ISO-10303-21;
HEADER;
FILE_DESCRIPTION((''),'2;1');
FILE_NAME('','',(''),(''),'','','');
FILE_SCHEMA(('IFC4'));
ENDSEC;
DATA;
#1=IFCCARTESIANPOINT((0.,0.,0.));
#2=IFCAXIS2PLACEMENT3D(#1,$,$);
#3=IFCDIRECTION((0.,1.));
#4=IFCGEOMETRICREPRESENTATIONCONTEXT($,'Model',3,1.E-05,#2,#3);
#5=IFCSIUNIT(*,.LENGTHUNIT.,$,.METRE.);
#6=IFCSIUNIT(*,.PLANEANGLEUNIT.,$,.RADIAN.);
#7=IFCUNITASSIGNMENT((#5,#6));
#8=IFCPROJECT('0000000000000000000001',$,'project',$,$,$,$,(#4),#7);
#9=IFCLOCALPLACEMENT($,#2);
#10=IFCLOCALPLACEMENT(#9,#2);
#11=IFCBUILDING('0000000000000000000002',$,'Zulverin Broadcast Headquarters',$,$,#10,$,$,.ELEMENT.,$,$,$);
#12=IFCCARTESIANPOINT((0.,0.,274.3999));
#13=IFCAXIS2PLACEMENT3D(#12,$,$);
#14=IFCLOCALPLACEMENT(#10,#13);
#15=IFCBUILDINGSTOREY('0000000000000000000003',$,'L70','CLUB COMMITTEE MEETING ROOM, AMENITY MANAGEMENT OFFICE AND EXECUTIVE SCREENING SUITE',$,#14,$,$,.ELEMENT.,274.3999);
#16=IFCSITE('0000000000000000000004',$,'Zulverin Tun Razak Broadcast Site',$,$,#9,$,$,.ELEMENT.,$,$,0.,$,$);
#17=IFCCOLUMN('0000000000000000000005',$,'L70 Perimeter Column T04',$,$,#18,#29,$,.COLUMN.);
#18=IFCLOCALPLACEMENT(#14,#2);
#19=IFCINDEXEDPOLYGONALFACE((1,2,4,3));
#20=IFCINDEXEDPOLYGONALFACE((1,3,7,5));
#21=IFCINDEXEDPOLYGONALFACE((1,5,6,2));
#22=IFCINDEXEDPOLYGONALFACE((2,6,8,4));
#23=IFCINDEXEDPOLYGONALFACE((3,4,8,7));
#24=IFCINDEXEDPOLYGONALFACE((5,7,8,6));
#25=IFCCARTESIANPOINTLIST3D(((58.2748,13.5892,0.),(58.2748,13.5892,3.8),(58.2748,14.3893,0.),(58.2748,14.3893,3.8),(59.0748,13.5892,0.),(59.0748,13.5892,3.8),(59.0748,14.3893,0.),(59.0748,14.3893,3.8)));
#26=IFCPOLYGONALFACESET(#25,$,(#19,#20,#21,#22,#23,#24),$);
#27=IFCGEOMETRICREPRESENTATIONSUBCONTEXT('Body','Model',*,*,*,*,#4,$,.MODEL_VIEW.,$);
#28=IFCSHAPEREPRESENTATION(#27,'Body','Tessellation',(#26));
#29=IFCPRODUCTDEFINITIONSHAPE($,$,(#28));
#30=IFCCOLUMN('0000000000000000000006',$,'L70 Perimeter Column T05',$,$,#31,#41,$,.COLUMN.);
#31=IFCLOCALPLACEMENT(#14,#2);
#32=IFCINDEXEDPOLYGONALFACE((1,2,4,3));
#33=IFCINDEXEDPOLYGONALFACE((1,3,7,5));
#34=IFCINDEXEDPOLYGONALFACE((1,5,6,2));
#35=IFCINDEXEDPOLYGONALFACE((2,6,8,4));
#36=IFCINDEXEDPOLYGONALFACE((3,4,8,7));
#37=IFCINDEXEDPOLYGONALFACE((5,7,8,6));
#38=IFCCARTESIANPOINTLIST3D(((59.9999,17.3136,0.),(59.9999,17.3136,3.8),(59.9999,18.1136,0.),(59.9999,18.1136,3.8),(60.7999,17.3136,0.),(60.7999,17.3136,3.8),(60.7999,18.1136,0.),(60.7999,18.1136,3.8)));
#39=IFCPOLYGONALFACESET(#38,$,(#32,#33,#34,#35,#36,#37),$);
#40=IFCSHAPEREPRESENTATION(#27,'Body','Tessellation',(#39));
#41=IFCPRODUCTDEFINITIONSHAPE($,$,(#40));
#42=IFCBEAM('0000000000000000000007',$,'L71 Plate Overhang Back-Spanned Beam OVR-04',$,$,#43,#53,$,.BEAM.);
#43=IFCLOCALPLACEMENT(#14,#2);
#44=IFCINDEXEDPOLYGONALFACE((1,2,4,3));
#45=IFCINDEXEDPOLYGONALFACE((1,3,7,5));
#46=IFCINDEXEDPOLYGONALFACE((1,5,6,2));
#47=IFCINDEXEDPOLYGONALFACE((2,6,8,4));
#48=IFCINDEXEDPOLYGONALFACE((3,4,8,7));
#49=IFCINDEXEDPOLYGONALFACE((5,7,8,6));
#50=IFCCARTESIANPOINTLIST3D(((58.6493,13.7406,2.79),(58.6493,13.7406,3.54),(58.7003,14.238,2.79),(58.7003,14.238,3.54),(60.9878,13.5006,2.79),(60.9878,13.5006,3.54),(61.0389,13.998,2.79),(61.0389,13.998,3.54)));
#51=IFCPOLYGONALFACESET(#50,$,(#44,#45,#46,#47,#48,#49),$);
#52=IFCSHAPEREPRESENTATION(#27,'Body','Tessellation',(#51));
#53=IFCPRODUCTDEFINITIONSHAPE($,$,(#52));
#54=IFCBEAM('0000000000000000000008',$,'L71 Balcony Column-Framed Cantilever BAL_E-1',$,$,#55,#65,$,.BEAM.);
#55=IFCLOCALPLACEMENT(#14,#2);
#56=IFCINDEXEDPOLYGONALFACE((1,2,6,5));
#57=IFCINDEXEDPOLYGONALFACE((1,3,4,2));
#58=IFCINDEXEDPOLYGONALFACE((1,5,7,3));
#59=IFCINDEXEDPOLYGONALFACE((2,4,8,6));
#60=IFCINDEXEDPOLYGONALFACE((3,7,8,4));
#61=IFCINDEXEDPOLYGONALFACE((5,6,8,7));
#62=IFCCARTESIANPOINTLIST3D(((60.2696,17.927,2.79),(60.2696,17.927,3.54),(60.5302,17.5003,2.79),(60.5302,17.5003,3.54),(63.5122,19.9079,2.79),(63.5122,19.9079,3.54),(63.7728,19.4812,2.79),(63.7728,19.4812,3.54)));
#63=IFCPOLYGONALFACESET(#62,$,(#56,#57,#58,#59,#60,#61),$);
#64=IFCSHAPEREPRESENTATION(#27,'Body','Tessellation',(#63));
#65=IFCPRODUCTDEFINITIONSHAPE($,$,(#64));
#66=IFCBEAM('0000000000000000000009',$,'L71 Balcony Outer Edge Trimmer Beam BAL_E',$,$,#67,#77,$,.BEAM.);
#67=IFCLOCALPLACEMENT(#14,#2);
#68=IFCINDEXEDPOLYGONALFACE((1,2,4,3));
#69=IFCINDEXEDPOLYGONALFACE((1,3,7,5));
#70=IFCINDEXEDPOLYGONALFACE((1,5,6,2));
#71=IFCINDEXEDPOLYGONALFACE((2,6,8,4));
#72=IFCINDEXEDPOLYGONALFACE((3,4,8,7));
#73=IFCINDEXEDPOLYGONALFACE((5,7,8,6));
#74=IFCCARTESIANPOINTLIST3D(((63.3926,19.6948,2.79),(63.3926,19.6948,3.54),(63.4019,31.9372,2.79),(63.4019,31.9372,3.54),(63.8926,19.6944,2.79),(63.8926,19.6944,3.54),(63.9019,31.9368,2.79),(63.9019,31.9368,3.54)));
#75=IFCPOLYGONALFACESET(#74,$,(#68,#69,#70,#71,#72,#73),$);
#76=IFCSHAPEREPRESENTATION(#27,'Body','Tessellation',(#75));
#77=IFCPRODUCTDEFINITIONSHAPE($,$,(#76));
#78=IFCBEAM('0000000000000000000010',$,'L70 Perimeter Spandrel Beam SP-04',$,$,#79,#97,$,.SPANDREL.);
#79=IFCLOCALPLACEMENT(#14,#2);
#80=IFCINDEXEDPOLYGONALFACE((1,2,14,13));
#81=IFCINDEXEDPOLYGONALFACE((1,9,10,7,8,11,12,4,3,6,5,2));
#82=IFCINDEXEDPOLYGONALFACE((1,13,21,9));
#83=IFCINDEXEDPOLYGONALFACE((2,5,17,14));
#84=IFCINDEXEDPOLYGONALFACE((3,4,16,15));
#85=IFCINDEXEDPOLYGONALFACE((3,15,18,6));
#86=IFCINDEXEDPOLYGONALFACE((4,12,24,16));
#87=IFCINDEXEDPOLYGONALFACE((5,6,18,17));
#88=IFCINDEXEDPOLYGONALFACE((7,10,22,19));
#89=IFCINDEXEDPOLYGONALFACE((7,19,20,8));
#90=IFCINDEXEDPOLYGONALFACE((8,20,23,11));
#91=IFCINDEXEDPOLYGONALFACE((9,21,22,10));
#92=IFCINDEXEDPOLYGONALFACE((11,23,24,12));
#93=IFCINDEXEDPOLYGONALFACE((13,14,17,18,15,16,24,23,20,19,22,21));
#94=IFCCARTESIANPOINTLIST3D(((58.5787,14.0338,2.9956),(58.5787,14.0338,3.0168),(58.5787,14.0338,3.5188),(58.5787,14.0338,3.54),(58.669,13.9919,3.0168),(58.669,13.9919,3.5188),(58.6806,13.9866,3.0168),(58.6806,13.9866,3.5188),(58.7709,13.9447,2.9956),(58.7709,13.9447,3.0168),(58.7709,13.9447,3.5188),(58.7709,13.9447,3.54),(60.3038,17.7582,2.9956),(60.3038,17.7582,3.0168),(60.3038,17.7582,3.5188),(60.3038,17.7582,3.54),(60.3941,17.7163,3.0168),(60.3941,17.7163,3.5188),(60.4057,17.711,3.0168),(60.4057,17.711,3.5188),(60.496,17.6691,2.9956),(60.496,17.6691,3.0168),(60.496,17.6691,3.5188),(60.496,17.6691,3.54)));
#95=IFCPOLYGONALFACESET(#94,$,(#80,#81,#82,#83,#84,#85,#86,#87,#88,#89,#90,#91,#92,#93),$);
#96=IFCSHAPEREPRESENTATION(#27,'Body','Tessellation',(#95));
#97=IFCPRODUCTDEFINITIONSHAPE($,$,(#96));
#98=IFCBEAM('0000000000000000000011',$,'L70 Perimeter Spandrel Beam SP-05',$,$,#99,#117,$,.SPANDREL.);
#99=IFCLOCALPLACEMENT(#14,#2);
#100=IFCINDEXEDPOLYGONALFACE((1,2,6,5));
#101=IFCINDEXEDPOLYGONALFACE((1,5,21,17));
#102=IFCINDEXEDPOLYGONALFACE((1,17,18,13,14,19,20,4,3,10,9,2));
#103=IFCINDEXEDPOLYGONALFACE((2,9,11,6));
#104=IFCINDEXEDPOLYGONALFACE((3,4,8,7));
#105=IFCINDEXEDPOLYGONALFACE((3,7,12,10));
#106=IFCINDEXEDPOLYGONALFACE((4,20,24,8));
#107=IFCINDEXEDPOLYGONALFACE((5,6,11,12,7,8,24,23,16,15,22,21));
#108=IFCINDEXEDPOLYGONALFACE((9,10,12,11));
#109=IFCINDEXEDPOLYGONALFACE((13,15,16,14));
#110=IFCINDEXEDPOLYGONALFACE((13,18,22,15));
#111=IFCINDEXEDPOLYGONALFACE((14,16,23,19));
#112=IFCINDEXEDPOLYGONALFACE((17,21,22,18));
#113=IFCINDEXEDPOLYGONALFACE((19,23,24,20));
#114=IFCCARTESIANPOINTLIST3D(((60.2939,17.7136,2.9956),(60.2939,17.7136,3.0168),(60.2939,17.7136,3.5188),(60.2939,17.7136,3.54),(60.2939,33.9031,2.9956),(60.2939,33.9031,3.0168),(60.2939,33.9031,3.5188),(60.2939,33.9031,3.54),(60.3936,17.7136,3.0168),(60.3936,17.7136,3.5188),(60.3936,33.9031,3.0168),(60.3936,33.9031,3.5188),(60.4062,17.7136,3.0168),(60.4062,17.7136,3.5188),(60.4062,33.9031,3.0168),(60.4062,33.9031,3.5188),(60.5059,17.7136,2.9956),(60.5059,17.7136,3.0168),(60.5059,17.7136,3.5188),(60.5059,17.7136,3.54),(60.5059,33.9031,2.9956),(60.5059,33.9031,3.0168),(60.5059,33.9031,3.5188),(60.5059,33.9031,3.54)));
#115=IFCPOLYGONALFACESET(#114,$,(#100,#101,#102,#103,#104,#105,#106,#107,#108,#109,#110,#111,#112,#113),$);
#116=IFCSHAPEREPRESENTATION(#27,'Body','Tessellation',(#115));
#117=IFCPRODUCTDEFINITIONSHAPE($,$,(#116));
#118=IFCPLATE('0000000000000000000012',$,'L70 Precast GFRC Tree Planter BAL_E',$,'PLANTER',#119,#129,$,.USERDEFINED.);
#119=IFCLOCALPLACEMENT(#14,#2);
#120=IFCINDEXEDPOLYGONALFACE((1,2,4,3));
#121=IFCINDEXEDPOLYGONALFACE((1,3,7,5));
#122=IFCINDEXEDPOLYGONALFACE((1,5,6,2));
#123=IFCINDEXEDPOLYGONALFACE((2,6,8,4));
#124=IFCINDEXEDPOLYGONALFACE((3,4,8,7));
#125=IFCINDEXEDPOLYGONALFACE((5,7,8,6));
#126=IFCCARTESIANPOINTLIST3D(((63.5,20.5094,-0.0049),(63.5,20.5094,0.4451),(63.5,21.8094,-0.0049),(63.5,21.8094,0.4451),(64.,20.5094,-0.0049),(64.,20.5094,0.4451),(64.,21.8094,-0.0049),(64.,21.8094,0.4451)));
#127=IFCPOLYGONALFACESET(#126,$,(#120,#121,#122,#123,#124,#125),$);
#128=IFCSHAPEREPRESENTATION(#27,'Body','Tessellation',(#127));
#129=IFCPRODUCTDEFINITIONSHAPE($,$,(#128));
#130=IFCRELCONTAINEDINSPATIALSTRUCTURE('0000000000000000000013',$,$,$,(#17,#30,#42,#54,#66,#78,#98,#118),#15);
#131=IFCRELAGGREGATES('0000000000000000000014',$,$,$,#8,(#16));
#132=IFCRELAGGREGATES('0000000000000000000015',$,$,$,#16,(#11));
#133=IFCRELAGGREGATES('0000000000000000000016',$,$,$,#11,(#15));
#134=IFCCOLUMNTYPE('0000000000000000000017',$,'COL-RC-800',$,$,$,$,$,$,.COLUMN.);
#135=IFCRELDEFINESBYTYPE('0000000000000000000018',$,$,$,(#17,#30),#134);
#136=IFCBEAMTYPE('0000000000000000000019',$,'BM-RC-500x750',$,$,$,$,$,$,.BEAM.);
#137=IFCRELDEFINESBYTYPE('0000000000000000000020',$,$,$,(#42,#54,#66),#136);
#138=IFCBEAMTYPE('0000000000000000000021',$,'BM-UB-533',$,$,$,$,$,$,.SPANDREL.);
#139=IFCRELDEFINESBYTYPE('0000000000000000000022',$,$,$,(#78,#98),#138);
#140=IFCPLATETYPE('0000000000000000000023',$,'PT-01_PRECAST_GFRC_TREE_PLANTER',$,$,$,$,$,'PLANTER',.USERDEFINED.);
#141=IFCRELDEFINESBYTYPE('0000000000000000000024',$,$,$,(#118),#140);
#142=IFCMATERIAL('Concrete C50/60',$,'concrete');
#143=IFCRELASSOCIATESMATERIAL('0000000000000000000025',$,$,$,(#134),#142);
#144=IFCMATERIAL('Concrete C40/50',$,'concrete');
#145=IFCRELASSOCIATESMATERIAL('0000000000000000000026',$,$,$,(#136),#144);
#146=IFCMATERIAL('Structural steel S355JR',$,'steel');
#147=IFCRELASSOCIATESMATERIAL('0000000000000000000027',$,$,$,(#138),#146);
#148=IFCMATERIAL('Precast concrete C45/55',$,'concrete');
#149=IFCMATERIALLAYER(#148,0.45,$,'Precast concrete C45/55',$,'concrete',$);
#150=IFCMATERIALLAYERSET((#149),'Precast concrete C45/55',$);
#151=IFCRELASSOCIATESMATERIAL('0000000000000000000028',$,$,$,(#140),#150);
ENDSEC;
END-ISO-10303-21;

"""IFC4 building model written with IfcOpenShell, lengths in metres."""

from ifc_helpers import new_model, si_unit, direction, frame, origin, origin_2d, place, context, subcontext, project, spatial, rectangle, i_section, extrude, material, layer, layer_set, material_profile, profile_set, type_object, element, save


model = new_model("IFC4")

# Units and contexts
model_context = context("Model", 3, precision=1e-05, world=origin(), true_north=direction((0.0, 1.0)))
body_context = subcontext(model_context, "Body", "Model", "MODEL_VIEW")
ifc_project = project(units=[si_unit("LENGTHUNIT", "METRE"), si_unit("PLANEANGLEUNIT", "RADIAN")], contexts=[model_context])

# Site, building, storey
site_placement = place(None, origin())
site = spatial("IfcSite", under=ifc_project, at=site_placement, Name="Zulverin Tun Razak Broadcast Site", CompositionType="ELEMENT", RefElevation=0.0)
building_placement = place(site_placement, origin())
building = spatial("IfcBuilding", under=site, at=building_placement, Name="Zulverin Broadcast Headquarters", CompositionType="ELEMENT")
storey_placement = place(building_placement, frame((0.0, 0.0, 274.3999)))
storey = spatial("IfcBuildingStorey", under=building, at=storey_placement, Name="L70", Description="CLUB COMMITTEE MEETING ROOM, AMENITY MANAGEMENT OFFICE AND EXECUTIVE SCREENING SUITE", CompositionType="ELEMENT", Elevation=274.3999)

# Columns
ifc_material_1 = material(Name="Concrete C50/60", Category="concrete")
ifc_material_profile_1 = material_profile(ifc_material_1, rectangle(XDim=0.8, YDim=0.8, at=origin_2d()), Name="Concrete C50/60", Category="concrete")
ifc_profile_set_1 = profile_set([ifc_material_profile_1], Name="Concrete C50/60")
column_type = type_object("IfcColumnType", Name="COL-RC-800", PredefinedType="COLUMN", material=ifc_profile_set_1)
for number, where, z_axis, x_axis, name in (
    (1, (58.6748, 13.9893, 0.0), (0.0, 0.0, 1.0), (1.0, 0.0, 0.0), "L70 Perimeter Column T04"),
    (2, (60.3999, 17.7136, 0.0), (0.0, 0.0, 1.0), (1.0, 0.0, 0.0), "L70 Perimeter Column T05"),
):
    element("IfcColumn", number, at=place(storey_placement, frame(where, z_axis=z_axis, x_axis=x_axis)), inside=storey, type_object=column_type, Name=name, PredefinedType="COLUMN", context=body_context, shape_type="SweptSolid", body=[
        extrude(rectangle(XDim=0.8, YDim=0.8, at=origin_2d()), origin(), (0.0, 0.0, 1.0), 3.8),
    ])

# Beams
ifc_material_2 = material(Name="Concrete C40/50", Category="concrete")
ifc_material_profile_2 = material_profile(ifc_material_2, rectangle(XDim=0.5, YDim=0.75, at=origin_2d()), Name="Concrete C40/50", Category="concrete")
ifc_profile_set_2 = profile_set([ifc_material_profile_2], Name="Concrete C40/50")
beam_type_1 = type_object("IfcBeamType", Name="BM-RC-500x750", PredefinedType="BEAM", material=ifc_profile_set_2)
beam_1_placement = place(storey_placement, frame((58.6748, 13.9893, 3.165), z_axis=(0.994776, -0.102084, 0.0), x_axis=(0.102084, 0.994776, 0.0)))
element("IfcBeam", 3, at=beam_1_placement, inside=storey, type_object=beam_type_1, Name="L71 Plate Overhang Back-Spanned Beam OVR-04", PredefinedType="BEAM", context=body_context, shape_type="SweptSolid", body=[
    extrude(rectangle(XDim=0.5, YDim=0.75, at=origin_2d()), origin(), (0.0, 0.0, 1.0), 2.3508),
])
beam_2_placement = place(storey_placement, frame((60.3999, 17.7136, 3.165), z_axis=(0.853361, 0.52132, 0.0), x_axis=(-0.52132, 0.853361, 0.0)))
element("IfcBeam", 4, at=beam_2_placement, inside=storey, type_object=beam_type_1, Name="L71 Balcony Column-Framed Cantilever BAL_E-1", PredefinedType="BEAM", context=body_context, shape_type="SweptSolid", body=[
    extrude(rectangle(XDim=0.5, YDim=0.75, at=origin_2d()), origin(), (0.0, 0.0, 1.0), 3.7998),
])
beam_3_placement = place(storey_placement, frame((63.6426, 19.6946, 3.165), z_axis=(0.000758, 1.0, 0.0), x_axis=(-1.0, 0.000758, 0.0)))
element("IfcBeam", 5, at=beam_3_placement, inside=storey, type_object=beam_type_1, Name="L71 Balcony Outer Edge Trimmer Beam BAL_E", PredefinedType="BEAM", context=body_context, shape_type="SweptSolid", body=[
    extrude(rectangle(XDim=0.5, YDim=0.75, at=origin_2d()), origin(), (0.0, 0.0, 1.0), 12.2424),
])
ifc_material_3 = material(Name="Structural steel S355JR", Category="steel")
ifc_material_profile_3 = material_profile(ifc_material_3, i_section(OverallWidth=0.2119, OverallDepth=0.5444, WebThickness=0.0127, FlangeThickness=0.0212, at=origin_2d()), Name="Structural steel S355JR", Category="steel")
ifc_profile_set_3 = profile_set([ifc_material_profile_3], Name="Structural steel S355JR")
beam_type_2 = type_object("IfcBeamType", Name="BM-UB-533", PredefinedType="SPANDREL", material=ifc_profile_set_3)
beam_4_placement = place(storey_placement, frame((58.6748, 13.9893, 3.2678), z_axis=(0.420295, 0.907388, 0.0), x_axis=(-0.907388, 0.420295, 0.0)))
element("IfcBeam", 6, at=beam_4_placement, inside=storey, type_object=beam_type_2, Name="L70 Perimeter Spandrel Beam SP-04", PredefinedType="SPANDREL", context=body_context, shape_type="SweptSolid", body=[
    extrude(i_section(OverallWidth=0.2119, OverallDepth=0.5444, WebThickness=0.0127, FlangeThickness=0.0212, at=origin_2d()), origin(), (0.0, 0.0, 1.0), 4.1045),
])
beam_5_placement = place(storey_placement, frame((60.3999, 17.7136, 3.2678), z_axis=(0.0, 1.0, 0.0), x_axis=(-1.0, 0.0, 0.0)))
element("IfcBeam", 7, at=beam_5_placement, inside=storey, type_object=beam_type_2, Name="L70 Perimeter Spandrel Beam SP-05", PredefinedType="SPANDREL", context=body_context, shape_type="SweptSolid", body=[
    extrude(i_section(OverallWidth=0.2119, OverallDepth=0.5444, WebThickness=0.0127, FlangeThickness=0.0212, at=origin_2d()), origin(), (0.0, 0.0, 1.0), 16.1895),
])

# Plate
ifc_material_4 = material(Name="Precast concrete C45/55", Category="concrete")
ifc_layer_1 = layer(ifc_material_4, 0.45, Name="Precast concrete C45/55", Category="concrete")
ifc_layer_set_1 = layer_set([ifc_layer_1], Name="Precast concrete C45/55")
plate_type = type_object("IfcPlateType", Name="PT-01_PRECAST_GFRC_TREE_PLANTER", ElementType="PLANTER", PredefinedType="USERDEFINED", material=ifc_layer_set_1)
plate_placement = place(storey_placement, frame((63.75, 21.1594, -0.0049), z_axis=(0.0, 0.0, 1.0), x_axis=(0.0, 1.0, 0.0)))
element("IfcPlate", 8, at=plate_placement, inside=storey, type_object=plate_type, Name="L70 Precast GFRC Tree Planter BAL_E", ObjectType="PLANTER", PredefinedType="USERDEFINED", context=body_context, shape_type="SweptSolid", body=[
    extrude(rectangle(XDim=1.3, YDim=0.5, at=origin_2d()), origin(), (0.0, 0.0, 1.0), 0.45),
])

save(model, "model.ifc")
